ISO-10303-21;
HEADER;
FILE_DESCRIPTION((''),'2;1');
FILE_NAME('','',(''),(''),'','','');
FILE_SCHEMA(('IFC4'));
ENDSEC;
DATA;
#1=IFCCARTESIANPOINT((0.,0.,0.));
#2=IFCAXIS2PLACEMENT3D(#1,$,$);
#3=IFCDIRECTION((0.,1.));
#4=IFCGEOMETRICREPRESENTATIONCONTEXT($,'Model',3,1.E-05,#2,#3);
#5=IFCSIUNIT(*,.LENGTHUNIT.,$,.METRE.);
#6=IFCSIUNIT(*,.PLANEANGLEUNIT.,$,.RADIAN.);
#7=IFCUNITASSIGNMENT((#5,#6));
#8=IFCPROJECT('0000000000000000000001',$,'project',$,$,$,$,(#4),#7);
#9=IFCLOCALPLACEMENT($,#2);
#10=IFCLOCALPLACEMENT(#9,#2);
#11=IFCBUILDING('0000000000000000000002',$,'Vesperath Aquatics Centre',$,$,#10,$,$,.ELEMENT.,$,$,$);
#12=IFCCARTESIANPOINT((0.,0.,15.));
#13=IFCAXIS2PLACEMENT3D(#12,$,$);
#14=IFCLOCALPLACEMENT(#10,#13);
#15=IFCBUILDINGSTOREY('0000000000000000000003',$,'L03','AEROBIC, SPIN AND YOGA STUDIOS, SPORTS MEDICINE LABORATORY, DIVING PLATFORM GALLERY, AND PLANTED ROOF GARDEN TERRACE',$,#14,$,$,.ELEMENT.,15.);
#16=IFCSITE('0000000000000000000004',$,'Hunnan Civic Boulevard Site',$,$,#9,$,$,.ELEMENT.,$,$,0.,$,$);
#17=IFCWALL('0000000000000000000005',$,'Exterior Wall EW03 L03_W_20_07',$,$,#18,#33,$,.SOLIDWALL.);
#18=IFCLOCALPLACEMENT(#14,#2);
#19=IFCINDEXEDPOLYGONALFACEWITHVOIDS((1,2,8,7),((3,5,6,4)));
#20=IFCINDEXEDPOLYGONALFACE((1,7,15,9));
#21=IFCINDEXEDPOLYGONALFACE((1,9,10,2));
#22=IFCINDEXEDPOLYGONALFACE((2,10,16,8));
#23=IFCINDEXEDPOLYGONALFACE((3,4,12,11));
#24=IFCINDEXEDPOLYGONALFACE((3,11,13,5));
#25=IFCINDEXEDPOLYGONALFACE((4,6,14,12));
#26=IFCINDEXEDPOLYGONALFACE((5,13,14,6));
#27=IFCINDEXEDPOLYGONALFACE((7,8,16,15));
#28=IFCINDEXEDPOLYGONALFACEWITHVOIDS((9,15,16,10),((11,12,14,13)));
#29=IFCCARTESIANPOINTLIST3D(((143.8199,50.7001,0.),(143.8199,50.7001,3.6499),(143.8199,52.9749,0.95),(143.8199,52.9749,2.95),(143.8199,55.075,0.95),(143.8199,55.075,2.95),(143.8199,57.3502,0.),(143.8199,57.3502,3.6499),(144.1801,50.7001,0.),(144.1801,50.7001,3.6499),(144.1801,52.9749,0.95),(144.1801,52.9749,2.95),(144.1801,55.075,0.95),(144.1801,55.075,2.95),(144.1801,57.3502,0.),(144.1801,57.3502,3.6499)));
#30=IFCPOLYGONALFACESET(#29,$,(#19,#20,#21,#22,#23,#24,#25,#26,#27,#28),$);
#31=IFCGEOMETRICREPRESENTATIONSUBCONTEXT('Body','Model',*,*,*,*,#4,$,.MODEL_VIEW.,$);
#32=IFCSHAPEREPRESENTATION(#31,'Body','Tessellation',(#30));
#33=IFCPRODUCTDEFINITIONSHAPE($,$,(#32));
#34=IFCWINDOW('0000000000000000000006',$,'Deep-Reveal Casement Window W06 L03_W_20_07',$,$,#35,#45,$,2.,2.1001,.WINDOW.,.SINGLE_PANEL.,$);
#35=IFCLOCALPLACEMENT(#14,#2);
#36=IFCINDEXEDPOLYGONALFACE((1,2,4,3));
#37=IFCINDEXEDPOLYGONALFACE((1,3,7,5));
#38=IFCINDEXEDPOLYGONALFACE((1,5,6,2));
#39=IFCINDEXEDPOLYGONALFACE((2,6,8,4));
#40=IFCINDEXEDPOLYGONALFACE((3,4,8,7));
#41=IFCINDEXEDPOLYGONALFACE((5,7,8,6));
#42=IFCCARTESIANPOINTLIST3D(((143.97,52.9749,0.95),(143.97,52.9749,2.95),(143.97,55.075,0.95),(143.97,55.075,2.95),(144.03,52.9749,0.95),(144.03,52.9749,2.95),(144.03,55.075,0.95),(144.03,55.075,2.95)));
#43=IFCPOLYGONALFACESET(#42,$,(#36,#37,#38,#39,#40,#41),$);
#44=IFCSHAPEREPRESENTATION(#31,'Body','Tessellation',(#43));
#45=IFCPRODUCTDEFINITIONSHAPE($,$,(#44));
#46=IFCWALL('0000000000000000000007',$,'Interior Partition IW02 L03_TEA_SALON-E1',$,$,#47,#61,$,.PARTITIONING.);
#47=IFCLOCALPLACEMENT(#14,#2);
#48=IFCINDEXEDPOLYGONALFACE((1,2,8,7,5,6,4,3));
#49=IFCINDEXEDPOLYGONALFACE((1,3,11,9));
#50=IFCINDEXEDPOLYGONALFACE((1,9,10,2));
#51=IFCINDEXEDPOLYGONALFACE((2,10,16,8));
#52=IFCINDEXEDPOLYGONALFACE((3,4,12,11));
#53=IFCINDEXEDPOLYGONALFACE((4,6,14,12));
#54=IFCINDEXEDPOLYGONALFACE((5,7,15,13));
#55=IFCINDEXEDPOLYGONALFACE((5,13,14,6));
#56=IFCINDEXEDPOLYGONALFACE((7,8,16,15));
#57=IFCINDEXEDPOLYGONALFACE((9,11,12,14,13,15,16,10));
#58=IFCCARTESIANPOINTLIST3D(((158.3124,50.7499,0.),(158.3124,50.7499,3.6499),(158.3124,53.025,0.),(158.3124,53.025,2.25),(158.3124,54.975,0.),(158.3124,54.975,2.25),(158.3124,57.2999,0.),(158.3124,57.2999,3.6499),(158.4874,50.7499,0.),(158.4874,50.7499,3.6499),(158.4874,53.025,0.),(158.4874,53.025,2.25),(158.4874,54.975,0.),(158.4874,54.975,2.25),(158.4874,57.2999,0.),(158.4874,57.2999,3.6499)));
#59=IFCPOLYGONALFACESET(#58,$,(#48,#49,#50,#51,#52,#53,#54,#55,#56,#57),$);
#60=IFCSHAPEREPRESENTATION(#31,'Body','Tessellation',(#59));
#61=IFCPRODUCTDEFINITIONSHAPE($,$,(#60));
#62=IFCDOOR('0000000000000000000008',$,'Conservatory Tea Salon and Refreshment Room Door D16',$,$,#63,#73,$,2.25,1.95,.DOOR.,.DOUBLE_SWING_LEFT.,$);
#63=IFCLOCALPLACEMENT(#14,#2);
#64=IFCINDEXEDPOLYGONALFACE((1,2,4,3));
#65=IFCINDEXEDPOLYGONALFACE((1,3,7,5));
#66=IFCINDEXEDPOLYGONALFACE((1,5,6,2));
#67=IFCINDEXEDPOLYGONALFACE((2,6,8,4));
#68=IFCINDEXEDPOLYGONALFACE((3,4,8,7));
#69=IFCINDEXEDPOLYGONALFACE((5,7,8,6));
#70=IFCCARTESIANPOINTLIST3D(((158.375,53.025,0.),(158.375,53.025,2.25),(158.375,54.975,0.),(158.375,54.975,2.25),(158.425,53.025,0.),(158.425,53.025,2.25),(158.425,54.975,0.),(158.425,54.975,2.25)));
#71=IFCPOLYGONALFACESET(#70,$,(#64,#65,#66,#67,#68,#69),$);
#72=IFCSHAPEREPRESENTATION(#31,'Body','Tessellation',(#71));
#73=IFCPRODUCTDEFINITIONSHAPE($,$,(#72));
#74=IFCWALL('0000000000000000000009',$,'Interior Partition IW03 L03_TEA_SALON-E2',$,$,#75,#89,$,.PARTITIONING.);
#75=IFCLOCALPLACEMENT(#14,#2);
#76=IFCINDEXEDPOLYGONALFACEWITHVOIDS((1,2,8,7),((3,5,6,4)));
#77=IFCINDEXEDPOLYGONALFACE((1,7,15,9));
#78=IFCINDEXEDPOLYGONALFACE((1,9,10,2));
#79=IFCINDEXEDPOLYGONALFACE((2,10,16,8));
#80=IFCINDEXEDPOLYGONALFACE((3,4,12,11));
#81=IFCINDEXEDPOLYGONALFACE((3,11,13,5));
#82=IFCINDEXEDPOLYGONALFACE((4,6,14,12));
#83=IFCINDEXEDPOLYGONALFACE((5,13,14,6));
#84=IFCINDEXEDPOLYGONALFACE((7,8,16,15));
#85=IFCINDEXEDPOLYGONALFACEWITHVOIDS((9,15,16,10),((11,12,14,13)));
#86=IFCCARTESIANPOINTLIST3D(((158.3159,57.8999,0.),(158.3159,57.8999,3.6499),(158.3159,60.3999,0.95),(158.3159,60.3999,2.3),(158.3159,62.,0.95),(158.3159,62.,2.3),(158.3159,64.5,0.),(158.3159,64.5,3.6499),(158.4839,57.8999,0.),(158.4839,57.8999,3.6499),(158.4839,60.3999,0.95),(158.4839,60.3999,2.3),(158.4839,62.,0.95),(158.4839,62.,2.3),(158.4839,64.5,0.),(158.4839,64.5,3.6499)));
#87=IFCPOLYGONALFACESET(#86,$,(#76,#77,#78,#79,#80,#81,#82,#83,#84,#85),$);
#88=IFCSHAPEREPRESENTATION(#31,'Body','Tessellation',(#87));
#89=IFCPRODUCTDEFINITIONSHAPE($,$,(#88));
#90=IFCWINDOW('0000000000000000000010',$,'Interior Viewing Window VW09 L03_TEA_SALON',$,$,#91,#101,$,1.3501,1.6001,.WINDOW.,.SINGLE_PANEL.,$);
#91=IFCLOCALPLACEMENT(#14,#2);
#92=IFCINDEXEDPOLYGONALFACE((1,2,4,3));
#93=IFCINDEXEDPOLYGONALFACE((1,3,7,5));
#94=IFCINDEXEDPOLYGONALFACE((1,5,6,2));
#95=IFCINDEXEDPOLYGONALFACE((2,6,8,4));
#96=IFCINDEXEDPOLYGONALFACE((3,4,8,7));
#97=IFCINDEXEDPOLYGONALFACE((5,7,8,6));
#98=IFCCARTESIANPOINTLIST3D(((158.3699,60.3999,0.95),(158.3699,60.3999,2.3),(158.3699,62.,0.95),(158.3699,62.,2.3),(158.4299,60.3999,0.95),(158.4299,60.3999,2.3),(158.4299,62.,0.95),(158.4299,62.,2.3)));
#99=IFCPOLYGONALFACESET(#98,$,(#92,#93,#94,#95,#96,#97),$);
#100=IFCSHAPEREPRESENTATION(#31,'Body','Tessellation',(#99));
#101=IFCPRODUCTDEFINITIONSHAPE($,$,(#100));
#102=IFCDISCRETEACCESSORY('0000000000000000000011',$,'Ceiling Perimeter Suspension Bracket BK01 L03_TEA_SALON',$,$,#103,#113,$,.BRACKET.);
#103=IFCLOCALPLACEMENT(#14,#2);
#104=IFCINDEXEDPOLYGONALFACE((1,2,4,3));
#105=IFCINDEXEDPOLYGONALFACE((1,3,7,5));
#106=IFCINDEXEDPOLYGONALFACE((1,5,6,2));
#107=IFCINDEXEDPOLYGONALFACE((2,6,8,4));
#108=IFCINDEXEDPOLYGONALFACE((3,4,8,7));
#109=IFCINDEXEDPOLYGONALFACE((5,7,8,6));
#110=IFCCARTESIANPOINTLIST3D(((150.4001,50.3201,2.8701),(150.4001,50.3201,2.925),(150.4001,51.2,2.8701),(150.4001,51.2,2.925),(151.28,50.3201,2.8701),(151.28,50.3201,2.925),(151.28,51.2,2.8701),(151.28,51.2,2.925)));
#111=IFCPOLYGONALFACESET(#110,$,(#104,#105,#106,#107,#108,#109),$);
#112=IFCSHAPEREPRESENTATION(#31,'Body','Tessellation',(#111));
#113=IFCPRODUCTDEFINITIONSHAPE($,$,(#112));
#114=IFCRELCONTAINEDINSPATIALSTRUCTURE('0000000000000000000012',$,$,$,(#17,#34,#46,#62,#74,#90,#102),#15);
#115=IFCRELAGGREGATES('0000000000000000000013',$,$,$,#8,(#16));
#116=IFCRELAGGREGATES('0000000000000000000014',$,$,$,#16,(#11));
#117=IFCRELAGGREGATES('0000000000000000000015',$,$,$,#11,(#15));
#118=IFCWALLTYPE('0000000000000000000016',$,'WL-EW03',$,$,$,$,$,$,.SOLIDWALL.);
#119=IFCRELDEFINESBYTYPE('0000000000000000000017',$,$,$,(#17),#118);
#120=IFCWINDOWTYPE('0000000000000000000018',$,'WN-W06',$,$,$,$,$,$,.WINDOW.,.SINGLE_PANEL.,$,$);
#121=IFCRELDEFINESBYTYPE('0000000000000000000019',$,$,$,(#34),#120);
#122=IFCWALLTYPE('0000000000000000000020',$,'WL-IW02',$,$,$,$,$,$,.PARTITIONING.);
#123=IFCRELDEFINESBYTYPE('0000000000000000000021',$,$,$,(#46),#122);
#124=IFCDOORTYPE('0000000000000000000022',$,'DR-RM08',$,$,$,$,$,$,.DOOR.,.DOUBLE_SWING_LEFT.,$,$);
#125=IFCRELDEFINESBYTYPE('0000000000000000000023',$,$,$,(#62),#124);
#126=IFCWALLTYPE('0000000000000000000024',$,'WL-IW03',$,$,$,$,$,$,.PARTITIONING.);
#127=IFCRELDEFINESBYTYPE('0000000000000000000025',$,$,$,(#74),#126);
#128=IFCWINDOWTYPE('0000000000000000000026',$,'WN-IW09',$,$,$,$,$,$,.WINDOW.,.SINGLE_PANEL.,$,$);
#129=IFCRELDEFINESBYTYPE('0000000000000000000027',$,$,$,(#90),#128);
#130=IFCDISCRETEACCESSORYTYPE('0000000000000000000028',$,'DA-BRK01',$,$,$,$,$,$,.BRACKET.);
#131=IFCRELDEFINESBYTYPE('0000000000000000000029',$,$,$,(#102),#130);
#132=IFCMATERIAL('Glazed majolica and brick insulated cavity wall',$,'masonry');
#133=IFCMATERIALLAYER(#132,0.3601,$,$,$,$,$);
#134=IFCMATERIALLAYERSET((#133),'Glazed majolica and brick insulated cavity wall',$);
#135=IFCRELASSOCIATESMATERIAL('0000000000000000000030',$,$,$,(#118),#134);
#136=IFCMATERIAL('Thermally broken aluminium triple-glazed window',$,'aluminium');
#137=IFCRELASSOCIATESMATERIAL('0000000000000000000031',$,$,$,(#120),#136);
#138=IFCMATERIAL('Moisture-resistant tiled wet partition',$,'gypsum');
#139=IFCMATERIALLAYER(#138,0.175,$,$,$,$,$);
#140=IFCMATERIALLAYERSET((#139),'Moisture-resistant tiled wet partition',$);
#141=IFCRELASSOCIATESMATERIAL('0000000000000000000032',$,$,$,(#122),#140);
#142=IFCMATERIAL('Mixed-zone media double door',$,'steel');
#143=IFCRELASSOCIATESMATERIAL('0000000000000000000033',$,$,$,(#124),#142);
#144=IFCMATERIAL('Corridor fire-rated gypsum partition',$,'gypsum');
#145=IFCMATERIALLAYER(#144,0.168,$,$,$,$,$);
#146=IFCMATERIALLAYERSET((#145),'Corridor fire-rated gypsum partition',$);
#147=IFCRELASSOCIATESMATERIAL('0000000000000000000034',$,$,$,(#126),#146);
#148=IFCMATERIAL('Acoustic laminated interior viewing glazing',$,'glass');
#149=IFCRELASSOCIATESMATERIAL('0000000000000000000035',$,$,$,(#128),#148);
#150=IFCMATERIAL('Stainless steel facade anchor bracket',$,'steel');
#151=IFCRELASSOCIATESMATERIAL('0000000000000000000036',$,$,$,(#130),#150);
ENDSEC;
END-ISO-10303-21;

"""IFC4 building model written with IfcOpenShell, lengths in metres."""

from ifc_helpers import new_model, si_unit, direction, frame, frame_2d, origin, origin_2d, place, context, subcontext, project, spatial, rectangle, extrude, material, layer, layer_set, type_object, element, fill, save


model = new_model("IFC4")

# Units and contexts
model_context = context("Model", 3, precision=1e-05, world=origin(), true_north=direction((0.0, 1.0)))
body_context = subcontext(model_context, "Body", "Model", "MODEL_VIEW")
ifc_project = project(units=[si_unit("LENGTHUNIT", "METRE"), si_unit("PLANEANGLEUNIT", "RADIAN")], contexts=[model_context])

# Site, building, storey
site_placement = place(None, origin())
site = spatial("IfcSite", under=ifc_project, at=site_placement, Name="Hunnan Civic Boulevard Site", CompositionType="ELEMENT", RefElevation=0.0)
building_placement = place(site_placement, origin())
building = spatial("IfcBuilding", under=site, at=building_placement, Name="Vesperath Aquatics Centre", CompositionType="ELEMENT")
storey_placement = place(building_placement, frame((0.0, 0.0, 15.0)))
storey = spatial("IfcBuildingStorey", under=building, at=storey_placement, Name="L03", Description="AEROBIC, SPIN AND YOGA STUDIOS, SPORTS MEDICINE LABORATORY, DIVING PLATFORM GALLERY, AND PLANTED ROOF GARDEN TERRACE", CompositionType="ELEMENT", Elevation=15.0)

# Wall, opening, window
ifc_material_1 = material(Name="Thermally broken aluminium triple-glazed window", Category="aluminium")
ifc_material_2 = material(Name="Glazed majolica and brick insulated cavity wall", Category="masonry")
ifc_layer_1 = layer(ifc_material_2, 0.3601)
ifc_layer_set_1 = layer_set([ifc_layer_1], Name="Glazed majolica and brick insulated cavity wall")
wall_type_1 = type_object("IfcWallType", Name="WL-EW03", PredefinedType="SOLIDWALL", material=ifc_layer_set_1)
wall_1_placement = place(storey_placement, frame((144.0, 50.7, 0.0), z_axis=(0.0, 0.0, 1.0), x_axis=(0.0, 1.0, 0.0)))
wall_1 = element("IfcWall", 1, at=wall_1_placement, inside=storey, type_object=wall_type_1, Name="Exterior Wall EW03 L03_W_20_07", PredefinedType="SOLIDWALL", context=body_context, shape_type="SweptSolid", body=[
    extrude(rectangle(XDim=6.6501, YDim=0.3601, at=frame_2d((3.3252, 0.0))), origin(), (0.0, 0.0, 1.0), 3.6499),
])
opening_1_placement = place(wall_1_placement, frame((2.2749, 0.0, 0.95)))
opening_1 = element("IfcOpeningElement", 2, at=opening_1_placement, cuts=wall_1, PredefinedType="OPENING", context=body_context, shape_type="SweptSolid", body=[
    extrude(rectangle(XDim=2.1001, YDim=2.0, at=frame_2d((1.05, 1.0))), frame((0.0, 0.1948, 0.0), z_axis=(0.0, -1.0, 0.0), x_axis=(1.0, 0.0, 0.0)), (0.0, 0.0, 1.0), 0.3899),
])
window_type_1 = type_object("IfcWindowType", Name="WN-W06", PartitioningType="SINGLE_PANEL", PredefinedType="WINDOW", material=ifc_material_1)
window_1_placement = place(opening_1_placement, origin())
window_1 = element("IfcWindow", 3, at=window_1_placement, inside=storey, type_object=window_type_1, Name="Deep-Reveal Casement Window W06 L03_W_20_07", OverallHeight=2.0, OverallWidth=2.1001, PartitioningType="SINGLE_PANEL", PredefinedType="WINDOW", context=body_context, shape_type="SweptSolid", body=[
    extrude(rectangle(XDim=2.1001, YDim=2.0, at=frame_2d((1.05, 1.0))), frame((0.0, 0.03, 0.0), z_axis=(0.0, -1.0, 0.0), x_axis=(1.0, 0.0, 0.0)), (0.0, 0.0, 1.0), 0.0601),
])
fill(opening_1, window_1)

# Wall, opening, door
ifc_material_3 = material(Name="Moisture-resistant tiled wet partition", Category="gypsum")
ifc_layer_2 = layer(ifc_material_3, 0.175)
ifc_layer_set_2 = layer_set([ifc_layer_2], Name="Moisture-resistant tiled wet partition")
wall_type_2 = type_object("IfcWallType", Name="WL-IW02", PredefinedType="PARTITIONING", material=ifc_layer_set_2)
wall_2_placement = place(storey_placement, frame((158.3999, 50.75, 0.0), z_axis=(0.0, 0.0, 1.0), x_axis=(0.0, 1.0, 0.0)))
wall_2 = element("IfcWall", 4, at=wall_2_placement, inside=storey, type_object=wall_type_2, Name="Interior Partition IW02 L03_TEA_SALON-E1", PredefinedType="PARTITIONING", context=body_context, shape_type="SweptSolid", body=[
    extrude(rectangle(XDim=6.55, YDim=0.175, at=frame_2d((3.2749, 0.0))), origin(), (0.0, 0.0, 1.0), 3.6499),
])
opening_2_placement = place(wall_2_placement, frame((2.2749, 0.0, 0.0)))
opening_2 = element("IfcOpeningElement", 5, at=opening_2_placement, cuts=wall_2, PredefinedType="OPENING", context=body_context, shape_type="SweptSolid", body=[
    extrude(rectangle(XDim=1.95, YDim=2.25, at=frame_2d((0.9751, 1.125))), frame((0.0, 0.1025, 0.0), z_axis=(0.0, -1.0, 0.0), x_axis=(1.0, 0.0, 0.0)), (0.0, 0.0, 1.0), 0.2048),
])
ifc_material_4 = material(Name="Mixed-zone media double door", Category="steel")
door_type_1 = type_object("IfcDoorType", Name="DR-RM08", OperationType="DOUBLE_SWING_LEFT", PredefinedType="DOOR", material=ifc_material_4)
door_1_placement = place(opening_2_placement, origin())
door_1 = element("IfcDoor", 6, at=door_1_placement, inside=storey, type_object=door_type_1, Name="Conservatory Tea Salon and Refreshment Room Door D16", OperationType="DOUBLE_SWING_LEFT", OverallHeight=2.25, OverallWidth=1.95, PredefinedType="DOOR", context=body_context, shape_type="SweptSolid", body=[
    extrude(rectangle(XDim=1.95, YDim=2.25, at=frame_2d((0.9751, 1.125))), frame((0.0, 0.0249, 0.0), z_axis=(0.0, -1.0, 0.0), x_axis=(1.0, 0.0, 0.0)), (0.0, 0.0, 1.0), 0.05),
])
fill(opening_2, door_1)

# Wall, opening, window
ifc_material_5 = material(Name="Corridor fire-rated gypsum partition", Category="gypsum")
ifc_layer_3 = layer(ifc_material_5, 0.168)
ifc_layer_set_3 = layer_set([ifc_layer_3], Name="Corridor fire-rated gypsum partition")
wall_type_3 = type_object("IfcWallType", Name="WL-IW03", PredefinedType="PARTITIONING", material=ifc_layer_set_3)
wall_3_placement = place(storey_placement, frame((158.3999, 57.8999, 0.0), z_axis=(0.0, 0.0, 1.0), x_axis=(0.0, 1.0, 0.0)))
wall_3 = element("IfcWall", 7, at=wall_3_placement, inside=storey, type_object=wall_type_3, Name="Interior Partition IW03 L03_TEA_SALON-E2", PredefinedType="PARTITIONING", context=body_context, shape_type="SweptSolid", body=[
    extrude(rectangle(XDim=6.6001, YDim=0.168, at=frame_2d((3.3, 0.0))), origin(), (0.0, 0.0, 1.0), 3.6499),
])
opening_3_placement = place(wall_3_placement, frame((2.5, 0.0, 0.95)))
opening_3 = element("IfcOpeningElement", 8, at=opening_3_placement, cuts=wall_3, PredefinedType="OPENING", context=body_context, shape_type="SweptSolid", body=[
    extrude(rectangle(XDim=1.6001, YDim=1.3501, at=frame_2d((0.8, 0.675))), frame((0.0, 0.0989, 0.0), z_axis=(0.0, -1.0, 0.0), x_axis=(1.0, 0.0, 0.0)), (0.0, 0.0, 1.0), 0.1978),
])
ifc_material_6 = material(Name="Acoustic laminated interior viewing glazing", Category="glass")
window_type_2 = type_object("IfcWindowType", Name="WN-IW09", PartitioningType="SINGLE_PANEL", PredefinedType="WINDOW", material=ifc_material_6)
window_2_placement = place(opening_3_placement, origin())
window_2 = element("IfcWindow", 9, at=window_2_placement, inside=storey, type_object=window_type_2, Name="Interior Viewing Window VW09 L03_TEA_SALON", OverallHeight=1.3501, OverallWidth=1.6001, PartitioningType="SINGLE_PANEL", PredefinedType="WINDOW", context=body_context, shape_type="SweptSolid", body=[
    extrude(rectangle(XDim=1.6001, YDim=1.3501, at=frame_2d((0.8, 0.675))), frame((0.0, 0.03, 0.0), z_axis=(0.0, -1.0, 0.0), x_axis=(1.0, 0.0, 0.0)), (0.0, 0.0, 1.0), 0.0601),
])
fill(opening_3, window_2)

# Discrete accessory
ifc_material_7 = material(Name="Stainless steel facade anchor bracket", Category="steel")
discrete_accessory_type = type_object("IfcDiscreteAccessoryType", Name="DA-BRK01", PredefinedType="BRACKET", material=ifc_material_7)
discrete_accessory_placement = place(storey_placement, frame((150.8401, 50.76, 2.8701), z_axis=(0.0, 0.0, 1.0), x_axis=(1.0, 0.0, 0.0)))
element("IfcDiscreteAccessory", 10, at=discrete_accessory_placement, inside=storey, type_object=discrete_accessory_type, Name="Ceiling Perimeter Suspension Bracket BK01 L03_TEA_SALON", PredefinedType="BRACKET", context=body_context, shape_type="SweptSolid", body=[
    extrude(rectangle(XDim=0.8799, YDim=0.8799, at=origin_2d()), origin(), (0.0, 0.0, 1.0), 0.0549),
])

save(model, "model.ifc")
